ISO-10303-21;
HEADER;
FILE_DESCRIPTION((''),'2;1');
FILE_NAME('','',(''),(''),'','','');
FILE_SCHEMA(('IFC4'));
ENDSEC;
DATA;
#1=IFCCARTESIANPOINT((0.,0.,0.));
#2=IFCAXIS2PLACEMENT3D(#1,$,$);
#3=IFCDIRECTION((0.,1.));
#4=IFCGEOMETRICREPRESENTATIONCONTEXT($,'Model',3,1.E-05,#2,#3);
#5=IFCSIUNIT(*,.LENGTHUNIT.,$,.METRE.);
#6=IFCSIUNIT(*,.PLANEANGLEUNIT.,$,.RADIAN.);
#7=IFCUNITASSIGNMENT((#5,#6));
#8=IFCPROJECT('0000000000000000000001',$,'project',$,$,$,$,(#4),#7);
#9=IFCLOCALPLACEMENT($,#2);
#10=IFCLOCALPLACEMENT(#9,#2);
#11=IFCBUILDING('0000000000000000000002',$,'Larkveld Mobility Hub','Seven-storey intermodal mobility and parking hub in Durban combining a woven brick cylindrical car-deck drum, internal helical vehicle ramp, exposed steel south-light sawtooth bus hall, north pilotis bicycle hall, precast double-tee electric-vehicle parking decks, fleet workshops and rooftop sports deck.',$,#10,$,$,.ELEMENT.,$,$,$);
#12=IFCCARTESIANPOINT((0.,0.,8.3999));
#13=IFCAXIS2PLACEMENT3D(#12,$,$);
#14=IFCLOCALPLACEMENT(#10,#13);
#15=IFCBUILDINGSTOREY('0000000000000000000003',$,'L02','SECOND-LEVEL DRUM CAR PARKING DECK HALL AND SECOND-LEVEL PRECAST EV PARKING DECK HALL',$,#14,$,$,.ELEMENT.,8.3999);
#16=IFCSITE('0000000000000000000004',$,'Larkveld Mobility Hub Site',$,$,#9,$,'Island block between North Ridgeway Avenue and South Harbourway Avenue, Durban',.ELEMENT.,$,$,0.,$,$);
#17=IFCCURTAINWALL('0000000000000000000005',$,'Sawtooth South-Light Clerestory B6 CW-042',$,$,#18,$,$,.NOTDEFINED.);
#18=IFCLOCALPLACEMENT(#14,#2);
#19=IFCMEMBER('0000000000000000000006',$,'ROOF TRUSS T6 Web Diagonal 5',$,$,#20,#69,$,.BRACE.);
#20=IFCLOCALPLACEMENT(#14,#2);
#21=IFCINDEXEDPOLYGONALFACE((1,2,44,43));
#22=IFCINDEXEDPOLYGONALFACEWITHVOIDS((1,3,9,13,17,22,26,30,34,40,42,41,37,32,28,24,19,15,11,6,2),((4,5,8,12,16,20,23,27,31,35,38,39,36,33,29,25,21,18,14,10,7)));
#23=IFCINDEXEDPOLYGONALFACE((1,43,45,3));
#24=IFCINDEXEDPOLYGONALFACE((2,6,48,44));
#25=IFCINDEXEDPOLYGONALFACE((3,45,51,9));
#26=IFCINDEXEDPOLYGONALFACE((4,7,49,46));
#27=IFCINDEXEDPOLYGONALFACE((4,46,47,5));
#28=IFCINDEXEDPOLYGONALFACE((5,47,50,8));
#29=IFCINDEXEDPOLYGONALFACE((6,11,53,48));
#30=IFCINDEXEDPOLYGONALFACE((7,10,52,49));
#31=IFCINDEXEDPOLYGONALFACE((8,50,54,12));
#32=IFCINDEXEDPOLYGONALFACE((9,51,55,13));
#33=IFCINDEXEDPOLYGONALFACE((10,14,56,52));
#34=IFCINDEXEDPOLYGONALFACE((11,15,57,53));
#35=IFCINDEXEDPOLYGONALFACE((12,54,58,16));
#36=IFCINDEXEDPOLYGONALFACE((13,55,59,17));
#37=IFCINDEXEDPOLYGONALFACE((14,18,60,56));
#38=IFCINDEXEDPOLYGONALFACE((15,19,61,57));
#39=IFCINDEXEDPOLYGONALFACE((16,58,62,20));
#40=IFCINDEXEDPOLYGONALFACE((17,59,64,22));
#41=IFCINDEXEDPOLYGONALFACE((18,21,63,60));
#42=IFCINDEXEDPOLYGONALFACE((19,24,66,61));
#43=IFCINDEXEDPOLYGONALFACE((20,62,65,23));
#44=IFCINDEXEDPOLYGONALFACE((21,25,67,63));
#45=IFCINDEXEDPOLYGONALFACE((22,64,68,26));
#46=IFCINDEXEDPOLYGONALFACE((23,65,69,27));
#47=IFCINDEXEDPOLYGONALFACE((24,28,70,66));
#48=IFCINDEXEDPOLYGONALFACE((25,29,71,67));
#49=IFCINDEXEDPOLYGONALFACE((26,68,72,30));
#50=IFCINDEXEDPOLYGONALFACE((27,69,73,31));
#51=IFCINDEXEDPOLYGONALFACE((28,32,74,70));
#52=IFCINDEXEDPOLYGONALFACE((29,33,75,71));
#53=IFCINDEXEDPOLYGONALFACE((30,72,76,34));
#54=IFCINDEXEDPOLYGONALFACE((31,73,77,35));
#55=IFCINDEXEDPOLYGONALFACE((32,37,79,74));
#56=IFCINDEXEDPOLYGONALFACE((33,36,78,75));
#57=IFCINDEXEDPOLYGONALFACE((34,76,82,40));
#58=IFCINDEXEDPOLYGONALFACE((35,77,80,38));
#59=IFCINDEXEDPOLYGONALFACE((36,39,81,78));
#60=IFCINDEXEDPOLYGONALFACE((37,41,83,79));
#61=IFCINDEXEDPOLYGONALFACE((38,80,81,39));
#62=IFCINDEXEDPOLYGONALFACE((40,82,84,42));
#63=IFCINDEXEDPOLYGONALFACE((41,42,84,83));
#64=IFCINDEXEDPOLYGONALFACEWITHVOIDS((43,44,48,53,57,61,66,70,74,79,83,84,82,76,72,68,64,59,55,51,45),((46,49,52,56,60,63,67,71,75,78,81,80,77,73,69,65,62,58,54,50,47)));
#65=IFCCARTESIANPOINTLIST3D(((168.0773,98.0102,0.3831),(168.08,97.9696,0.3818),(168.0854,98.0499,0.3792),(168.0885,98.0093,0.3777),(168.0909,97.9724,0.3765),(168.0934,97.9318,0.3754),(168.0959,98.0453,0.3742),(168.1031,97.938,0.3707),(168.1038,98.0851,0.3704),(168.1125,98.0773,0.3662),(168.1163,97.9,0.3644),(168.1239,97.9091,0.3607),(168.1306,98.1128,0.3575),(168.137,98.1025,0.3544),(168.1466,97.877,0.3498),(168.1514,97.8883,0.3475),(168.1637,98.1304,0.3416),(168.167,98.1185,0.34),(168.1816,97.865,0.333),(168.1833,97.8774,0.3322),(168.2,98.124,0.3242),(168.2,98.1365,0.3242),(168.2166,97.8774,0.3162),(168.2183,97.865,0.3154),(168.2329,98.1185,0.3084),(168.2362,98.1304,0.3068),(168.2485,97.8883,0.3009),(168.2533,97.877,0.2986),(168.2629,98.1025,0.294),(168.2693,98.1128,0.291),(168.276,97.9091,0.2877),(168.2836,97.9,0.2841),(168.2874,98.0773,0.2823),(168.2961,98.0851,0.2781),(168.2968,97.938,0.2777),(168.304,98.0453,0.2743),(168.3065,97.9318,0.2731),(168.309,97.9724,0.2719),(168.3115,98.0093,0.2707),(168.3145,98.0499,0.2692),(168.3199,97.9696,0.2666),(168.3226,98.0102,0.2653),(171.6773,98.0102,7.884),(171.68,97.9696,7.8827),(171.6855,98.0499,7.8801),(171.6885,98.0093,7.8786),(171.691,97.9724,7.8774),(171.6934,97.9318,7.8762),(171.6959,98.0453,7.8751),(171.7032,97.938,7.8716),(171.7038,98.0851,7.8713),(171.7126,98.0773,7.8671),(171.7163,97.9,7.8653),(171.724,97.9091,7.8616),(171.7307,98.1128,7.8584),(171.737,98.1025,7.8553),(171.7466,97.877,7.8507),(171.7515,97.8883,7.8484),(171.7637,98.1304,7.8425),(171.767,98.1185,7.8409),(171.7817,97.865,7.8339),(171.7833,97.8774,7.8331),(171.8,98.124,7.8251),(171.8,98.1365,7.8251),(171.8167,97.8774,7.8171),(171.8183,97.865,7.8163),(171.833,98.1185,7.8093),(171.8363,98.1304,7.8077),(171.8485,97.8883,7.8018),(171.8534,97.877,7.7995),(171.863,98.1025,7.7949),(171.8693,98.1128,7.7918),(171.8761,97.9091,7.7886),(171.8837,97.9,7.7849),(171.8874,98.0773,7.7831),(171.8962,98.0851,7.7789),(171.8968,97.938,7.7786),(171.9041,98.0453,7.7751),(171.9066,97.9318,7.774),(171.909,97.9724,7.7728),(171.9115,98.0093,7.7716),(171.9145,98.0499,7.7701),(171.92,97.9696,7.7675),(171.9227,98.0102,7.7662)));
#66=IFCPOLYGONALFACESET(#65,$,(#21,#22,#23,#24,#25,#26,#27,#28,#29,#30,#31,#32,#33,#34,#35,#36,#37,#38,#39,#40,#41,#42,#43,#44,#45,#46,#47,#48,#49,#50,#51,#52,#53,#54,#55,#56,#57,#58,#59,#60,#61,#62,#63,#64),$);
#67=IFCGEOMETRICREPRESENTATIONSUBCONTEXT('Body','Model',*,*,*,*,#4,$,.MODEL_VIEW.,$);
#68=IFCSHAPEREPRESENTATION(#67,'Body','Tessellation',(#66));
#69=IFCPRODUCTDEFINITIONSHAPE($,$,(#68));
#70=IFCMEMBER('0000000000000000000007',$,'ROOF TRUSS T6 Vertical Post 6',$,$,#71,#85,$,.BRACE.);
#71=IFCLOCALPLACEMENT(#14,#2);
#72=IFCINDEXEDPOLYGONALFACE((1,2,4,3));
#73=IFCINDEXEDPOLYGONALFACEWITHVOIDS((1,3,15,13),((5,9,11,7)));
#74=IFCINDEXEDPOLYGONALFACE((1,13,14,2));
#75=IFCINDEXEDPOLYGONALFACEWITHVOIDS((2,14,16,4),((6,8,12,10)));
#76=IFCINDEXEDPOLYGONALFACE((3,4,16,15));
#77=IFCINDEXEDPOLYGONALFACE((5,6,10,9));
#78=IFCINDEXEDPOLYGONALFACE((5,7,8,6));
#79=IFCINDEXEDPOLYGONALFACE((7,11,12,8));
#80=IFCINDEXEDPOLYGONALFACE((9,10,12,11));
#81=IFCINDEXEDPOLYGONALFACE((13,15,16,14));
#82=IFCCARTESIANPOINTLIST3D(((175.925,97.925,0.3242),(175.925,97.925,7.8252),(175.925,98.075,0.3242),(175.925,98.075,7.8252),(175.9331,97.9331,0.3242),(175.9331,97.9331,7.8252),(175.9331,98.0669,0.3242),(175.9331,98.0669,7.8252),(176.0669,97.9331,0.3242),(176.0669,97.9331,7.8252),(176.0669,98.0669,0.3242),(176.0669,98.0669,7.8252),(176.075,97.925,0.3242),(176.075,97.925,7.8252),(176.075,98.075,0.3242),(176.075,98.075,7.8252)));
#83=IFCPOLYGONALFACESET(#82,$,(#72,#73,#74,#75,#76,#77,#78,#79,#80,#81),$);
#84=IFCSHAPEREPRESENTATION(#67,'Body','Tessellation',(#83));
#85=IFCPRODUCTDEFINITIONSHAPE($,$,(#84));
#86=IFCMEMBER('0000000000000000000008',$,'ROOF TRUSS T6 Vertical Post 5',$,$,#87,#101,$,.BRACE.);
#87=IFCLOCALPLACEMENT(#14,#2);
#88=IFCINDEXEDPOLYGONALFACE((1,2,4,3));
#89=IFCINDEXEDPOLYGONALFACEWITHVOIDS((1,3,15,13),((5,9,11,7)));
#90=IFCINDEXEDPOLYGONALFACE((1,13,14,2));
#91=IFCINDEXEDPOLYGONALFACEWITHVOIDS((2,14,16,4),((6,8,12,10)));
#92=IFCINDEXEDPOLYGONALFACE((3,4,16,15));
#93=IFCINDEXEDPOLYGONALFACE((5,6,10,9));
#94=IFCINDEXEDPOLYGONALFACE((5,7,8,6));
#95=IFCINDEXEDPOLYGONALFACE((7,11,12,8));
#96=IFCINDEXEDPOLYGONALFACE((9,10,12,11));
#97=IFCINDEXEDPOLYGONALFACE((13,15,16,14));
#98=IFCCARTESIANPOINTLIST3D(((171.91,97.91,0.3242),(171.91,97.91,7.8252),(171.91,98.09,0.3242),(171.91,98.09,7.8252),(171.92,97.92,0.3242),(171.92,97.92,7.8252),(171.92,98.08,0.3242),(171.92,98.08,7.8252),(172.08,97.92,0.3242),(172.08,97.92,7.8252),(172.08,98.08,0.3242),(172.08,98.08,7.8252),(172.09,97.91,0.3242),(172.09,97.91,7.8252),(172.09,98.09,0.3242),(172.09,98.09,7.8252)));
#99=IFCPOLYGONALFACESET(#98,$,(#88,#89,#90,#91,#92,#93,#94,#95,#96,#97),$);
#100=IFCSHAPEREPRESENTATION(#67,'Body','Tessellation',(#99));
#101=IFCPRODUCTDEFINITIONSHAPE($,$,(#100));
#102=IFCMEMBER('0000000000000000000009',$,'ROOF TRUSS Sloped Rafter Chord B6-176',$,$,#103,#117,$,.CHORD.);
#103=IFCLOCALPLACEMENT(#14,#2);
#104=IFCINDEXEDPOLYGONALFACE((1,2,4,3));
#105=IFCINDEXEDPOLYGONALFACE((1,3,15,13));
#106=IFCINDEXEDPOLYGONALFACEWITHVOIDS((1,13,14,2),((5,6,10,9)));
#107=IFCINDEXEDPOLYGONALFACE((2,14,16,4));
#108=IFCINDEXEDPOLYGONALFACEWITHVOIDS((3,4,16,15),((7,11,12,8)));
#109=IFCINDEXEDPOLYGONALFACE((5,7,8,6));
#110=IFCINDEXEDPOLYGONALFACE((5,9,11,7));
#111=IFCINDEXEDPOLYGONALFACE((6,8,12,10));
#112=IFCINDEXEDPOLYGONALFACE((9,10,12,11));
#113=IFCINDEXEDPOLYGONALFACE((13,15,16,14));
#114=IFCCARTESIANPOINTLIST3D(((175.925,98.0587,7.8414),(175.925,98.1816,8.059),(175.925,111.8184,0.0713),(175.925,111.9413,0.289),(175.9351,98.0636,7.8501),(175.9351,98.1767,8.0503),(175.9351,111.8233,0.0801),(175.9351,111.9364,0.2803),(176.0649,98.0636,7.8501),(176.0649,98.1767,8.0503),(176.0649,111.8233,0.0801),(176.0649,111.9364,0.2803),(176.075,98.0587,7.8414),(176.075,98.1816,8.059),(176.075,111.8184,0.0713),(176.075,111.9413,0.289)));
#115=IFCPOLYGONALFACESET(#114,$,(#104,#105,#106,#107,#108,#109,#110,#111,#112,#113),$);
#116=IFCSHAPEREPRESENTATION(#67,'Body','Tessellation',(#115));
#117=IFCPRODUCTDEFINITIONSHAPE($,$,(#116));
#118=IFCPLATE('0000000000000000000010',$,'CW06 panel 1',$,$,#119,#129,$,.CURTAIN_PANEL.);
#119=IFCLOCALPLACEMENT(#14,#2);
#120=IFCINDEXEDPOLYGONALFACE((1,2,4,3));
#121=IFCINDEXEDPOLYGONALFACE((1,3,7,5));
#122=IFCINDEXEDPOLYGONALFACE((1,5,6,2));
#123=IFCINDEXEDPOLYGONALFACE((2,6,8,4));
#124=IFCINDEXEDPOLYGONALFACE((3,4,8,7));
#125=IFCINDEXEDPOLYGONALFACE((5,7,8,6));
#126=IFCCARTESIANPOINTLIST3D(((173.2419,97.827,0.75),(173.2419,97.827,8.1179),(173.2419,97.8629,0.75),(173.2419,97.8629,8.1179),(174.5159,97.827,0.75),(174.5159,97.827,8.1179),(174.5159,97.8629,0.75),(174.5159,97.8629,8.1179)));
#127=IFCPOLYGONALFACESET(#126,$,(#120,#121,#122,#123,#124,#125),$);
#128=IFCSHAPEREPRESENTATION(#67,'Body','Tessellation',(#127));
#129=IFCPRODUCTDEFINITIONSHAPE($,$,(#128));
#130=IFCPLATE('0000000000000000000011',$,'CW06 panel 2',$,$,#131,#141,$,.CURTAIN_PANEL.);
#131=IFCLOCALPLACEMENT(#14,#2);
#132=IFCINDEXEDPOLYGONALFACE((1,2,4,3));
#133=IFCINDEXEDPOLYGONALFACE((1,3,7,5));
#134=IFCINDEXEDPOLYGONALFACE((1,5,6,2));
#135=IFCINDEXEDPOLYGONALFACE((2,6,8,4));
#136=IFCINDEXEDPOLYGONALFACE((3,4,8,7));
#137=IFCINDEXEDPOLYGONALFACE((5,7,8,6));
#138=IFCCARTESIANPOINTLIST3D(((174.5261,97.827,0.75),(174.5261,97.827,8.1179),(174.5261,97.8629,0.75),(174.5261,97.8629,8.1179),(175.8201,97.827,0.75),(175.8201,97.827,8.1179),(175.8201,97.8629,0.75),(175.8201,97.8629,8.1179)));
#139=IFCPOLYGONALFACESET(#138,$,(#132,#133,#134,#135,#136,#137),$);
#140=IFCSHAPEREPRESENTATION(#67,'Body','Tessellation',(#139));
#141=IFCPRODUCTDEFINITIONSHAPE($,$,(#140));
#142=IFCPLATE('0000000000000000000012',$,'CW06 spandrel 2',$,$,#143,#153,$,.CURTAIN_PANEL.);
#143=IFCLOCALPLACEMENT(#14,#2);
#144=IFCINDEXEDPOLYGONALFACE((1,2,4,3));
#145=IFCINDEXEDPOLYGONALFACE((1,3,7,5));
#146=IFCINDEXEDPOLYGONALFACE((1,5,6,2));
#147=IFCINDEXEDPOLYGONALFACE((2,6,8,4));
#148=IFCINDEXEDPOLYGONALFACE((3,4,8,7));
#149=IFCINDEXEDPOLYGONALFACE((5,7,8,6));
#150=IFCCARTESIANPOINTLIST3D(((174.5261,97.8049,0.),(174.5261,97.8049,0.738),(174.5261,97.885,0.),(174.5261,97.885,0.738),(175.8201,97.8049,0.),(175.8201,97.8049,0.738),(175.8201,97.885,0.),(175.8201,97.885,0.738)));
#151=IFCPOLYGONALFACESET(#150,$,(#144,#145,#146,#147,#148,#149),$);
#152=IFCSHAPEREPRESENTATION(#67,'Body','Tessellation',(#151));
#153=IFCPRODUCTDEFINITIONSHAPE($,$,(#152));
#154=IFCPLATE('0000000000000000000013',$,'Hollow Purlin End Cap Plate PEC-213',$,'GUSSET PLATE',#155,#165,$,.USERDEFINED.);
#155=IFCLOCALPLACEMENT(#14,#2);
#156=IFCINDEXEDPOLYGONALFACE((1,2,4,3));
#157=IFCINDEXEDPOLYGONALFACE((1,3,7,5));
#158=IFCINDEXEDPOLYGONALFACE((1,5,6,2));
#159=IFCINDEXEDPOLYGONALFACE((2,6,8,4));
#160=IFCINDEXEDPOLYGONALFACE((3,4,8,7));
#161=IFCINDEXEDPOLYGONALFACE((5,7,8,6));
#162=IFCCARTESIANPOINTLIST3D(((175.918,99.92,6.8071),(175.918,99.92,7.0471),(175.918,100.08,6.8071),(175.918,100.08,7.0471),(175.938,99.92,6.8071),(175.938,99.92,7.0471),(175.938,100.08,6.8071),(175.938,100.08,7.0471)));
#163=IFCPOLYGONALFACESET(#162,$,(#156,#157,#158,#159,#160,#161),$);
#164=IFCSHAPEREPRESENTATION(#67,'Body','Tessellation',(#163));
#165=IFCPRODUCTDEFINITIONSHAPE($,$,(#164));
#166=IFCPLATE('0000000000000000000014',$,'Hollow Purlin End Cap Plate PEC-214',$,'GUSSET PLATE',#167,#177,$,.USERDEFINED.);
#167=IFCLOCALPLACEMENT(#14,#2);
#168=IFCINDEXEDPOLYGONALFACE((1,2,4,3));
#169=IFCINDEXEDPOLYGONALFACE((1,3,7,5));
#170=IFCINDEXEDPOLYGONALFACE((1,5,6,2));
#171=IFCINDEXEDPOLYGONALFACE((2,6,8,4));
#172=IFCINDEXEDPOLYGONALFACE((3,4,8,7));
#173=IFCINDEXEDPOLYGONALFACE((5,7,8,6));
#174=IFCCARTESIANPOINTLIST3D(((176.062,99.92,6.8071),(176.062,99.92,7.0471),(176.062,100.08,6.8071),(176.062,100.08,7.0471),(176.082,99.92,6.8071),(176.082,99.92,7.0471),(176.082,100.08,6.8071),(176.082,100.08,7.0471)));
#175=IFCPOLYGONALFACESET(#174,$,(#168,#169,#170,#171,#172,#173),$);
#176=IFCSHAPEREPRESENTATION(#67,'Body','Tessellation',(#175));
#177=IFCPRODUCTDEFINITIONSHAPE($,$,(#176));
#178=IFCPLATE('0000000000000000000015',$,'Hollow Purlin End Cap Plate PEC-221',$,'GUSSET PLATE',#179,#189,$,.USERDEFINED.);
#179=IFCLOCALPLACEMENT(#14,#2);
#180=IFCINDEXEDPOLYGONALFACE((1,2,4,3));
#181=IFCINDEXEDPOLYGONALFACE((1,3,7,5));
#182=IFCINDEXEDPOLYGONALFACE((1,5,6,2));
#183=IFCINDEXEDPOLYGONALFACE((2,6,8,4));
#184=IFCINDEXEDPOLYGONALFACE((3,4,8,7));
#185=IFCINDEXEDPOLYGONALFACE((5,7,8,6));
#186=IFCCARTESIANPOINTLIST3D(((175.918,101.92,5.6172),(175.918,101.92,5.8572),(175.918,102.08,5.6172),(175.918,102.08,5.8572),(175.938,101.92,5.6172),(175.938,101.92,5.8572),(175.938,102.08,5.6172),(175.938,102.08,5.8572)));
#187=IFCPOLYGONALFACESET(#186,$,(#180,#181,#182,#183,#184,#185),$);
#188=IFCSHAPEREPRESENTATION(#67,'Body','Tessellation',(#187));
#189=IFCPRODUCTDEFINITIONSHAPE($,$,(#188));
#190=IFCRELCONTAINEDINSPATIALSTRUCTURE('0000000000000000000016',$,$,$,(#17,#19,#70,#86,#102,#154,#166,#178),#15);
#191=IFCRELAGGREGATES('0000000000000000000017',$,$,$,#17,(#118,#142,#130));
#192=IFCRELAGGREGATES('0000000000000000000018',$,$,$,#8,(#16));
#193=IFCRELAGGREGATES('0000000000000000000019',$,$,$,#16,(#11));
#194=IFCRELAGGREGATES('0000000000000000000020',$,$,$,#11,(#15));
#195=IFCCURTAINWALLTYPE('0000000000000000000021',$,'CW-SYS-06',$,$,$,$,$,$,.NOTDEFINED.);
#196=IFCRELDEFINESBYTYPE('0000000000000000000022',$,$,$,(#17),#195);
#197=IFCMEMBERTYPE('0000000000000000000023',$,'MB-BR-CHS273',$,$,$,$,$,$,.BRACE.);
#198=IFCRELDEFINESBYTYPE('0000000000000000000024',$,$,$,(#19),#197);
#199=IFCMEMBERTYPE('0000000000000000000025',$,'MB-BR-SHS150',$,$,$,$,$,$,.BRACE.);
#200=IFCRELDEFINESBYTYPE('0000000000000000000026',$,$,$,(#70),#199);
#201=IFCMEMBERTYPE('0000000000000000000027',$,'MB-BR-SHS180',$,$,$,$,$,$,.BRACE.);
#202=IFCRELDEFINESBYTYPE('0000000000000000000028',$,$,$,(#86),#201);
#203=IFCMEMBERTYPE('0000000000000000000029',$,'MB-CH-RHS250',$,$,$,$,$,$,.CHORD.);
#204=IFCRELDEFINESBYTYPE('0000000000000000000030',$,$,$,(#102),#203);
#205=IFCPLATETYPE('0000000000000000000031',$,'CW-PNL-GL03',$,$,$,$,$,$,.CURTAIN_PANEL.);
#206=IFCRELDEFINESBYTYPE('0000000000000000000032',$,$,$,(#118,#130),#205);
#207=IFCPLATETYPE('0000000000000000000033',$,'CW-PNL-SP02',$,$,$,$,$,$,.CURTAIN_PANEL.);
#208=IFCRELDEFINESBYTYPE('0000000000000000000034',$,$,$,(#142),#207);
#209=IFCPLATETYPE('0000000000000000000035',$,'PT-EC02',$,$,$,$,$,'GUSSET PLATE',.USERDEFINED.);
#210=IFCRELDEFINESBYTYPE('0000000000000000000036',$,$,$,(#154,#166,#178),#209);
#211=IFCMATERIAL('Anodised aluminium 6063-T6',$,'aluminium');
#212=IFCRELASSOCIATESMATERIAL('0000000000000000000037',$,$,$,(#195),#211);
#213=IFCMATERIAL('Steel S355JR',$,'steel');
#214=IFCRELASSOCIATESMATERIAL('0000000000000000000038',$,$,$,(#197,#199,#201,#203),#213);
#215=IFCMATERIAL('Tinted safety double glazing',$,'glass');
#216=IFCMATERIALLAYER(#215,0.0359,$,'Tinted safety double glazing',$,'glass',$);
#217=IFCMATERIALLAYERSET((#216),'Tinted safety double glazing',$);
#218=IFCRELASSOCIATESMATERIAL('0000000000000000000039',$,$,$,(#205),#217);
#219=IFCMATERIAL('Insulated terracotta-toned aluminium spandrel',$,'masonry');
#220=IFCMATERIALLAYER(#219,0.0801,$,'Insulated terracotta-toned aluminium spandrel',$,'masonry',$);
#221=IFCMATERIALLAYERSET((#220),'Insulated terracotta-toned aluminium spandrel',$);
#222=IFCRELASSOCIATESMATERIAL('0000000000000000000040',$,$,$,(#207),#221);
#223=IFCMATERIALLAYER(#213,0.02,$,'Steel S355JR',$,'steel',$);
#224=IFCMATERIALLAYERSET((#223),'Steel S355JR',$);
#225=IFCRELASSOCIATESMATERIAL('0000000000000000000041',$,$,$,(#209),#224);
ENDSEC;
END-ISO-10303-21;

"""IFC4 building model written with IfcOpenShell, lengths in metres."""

from ifc_helpers import new_model, si_unit, direction, frame, origin, origin_2d, place, context, subcontext, project, spatial, rectangle, hollow_rectangle, hollow_circle, extrude, material, layer, layer_set, material_profile, profile_set, type_object, element, aggregate, save


model = new_model("IFC4")

# Units and contexts
model_context = context("Model", 3, precision=1e-05, world=origin(), true_north=direction((0.0, 1.0)))
body_context = subcontext(model_context, "Body", "Model", "MODEL_VIEW")
ifc_project = project(units=[si_unit("LENGTHUNIT", "METRE"), si_unit("PLANEANGLEUNIT", "RADIAN")], contexts=[model_context])

# Site, building, storey
site_placement = place(None, origin())
site = spatial("IfcSite", under=ifc_project, at=site_placement, Name="Larkveld Mobility Hub Site", LongName="Island block between North Ridgeway Avenue and South Harbourway Avenue, Durban", CompositionType="ELEMENT", RefElevation=0.0)
building_placement = place(site_placement, origin())
building = spatial("IfcBuilding", under=site, at=building_placement, Name="Larkveld Mobility Hub", Description="Seven-storey intermodal mobility and parking hub in Durban combining a woven brick cylindrical car-deck drum, internal helical vehicle ramp, exposed steel south-light sawtooth bus hall, north pilotis bicycle hall, precast double-tee electric-vehicle parking decks, fleet workshops and rooftop sports deck.", CompositionType="ELEMENT")
storey_placement = place(building_placement, frame((0.0, 0.0, 8.3999)))
storey = spatial("IfcBuildingStorey", under=building, at=storey_placement, Name="L02", Description="SECOND-LEVEL DRUM CAR PARKING DECK HALL AND SECOND-LEVEL PRECAST EV PARKING DECK HALL", CompositionType="ELEMENT", Elevation=8.3999)

# Curtain wall
ifc_material_1 = material(Name="Anodised aluminium 6063-T6", Category="aluminium")
curtain_wall_type = type_object("IfcCurtainWallType", Name="CW-SYS-06", PredefinedType="NOTDEFINED", material=ifc_material_1)
curtain_wall_placement = place(storey_placement, origin())
curtain_wall = element("IfcCurtainWall", 1, at=curtain_wall_placement, inside=storey, type_object=curtain_wall_type, Name="Sawtooth South-Light Clerestory B6 CW-042", PredefinedType="NOTDEFINED")

# Members
ifc_material_2 = material(Name="Steel S355JR", Category="steel")
ifc_material_profile_1 = material_profile(ifc_material_2, hollow_circle(Radius=0.1365, WallThickness=0.0125, at=origin_2d()), Name="CHS 273x12.5")
ifc_profile_set_1 = profile_set([ifc_material_profile_1], Name="Steel S355JR")
member_type_1 = type_object("IfcMemberType", Name="MB-BR-CHS273", PredefinedType="BRACE", material=ifc_profile_set_1)
member_1_placement = place(storey_placement, frame((168.2, 98.0, 0.3242), z_axis=(0.432695, 0.0, 0.90154), x_axis=(0.0, 1.0, 0.0)))
element("IfcMember", 2, at=member_1_placement, inside=storey, type_object=member_type_1, Name="ROOF TRUSS T6 Web Diagonal 5", PredefinedType="BRACE", context=body_context, shape_type="SweptSolid", body=[
    extrude(hollow_circle(Radius=0.1365, WallThickness=0.0125, at=origin_2d()), origin(), (0.0, 0.0, 1.0), 8.3201),
])
ifc_material_profile_2 = material_profile(ifc_material_2, hollow_rectangle(XDim=0.1499, YDim=0.1499, WallThickness=0.0081, at=origin_2d()), Name="SHS 150x150x8")
ifc_profile_set_2 = profile_set([ifc_material_profile_2], Name="Steel S355JR")
member_type_2 = type_object("IfcMemberType", Name="MB-BR-SHS150", PredefinedType="BRACE", material=ifc_profile_set_2)
member_2_placement = place(storey_placement, frame((176.0, 98.0, 0.3242), z_axis=(0.0, 0.0, 1.0), x_axis=(1.0, 0.0, 0.0)))
element("IfcMember", 3, at=member_2_placement, inside=storey, type_object=member_type_2, Name="ROOF TRUSS T6 Vertical Post 6", PredefinedType="BRACE", context=body_context, shape_type="SweptSolid", body=[
    extrude(hollow_rectangle(XDim=0.1499, YDim=0.1499, WallThickness=0.0081, at=origin_2d()), origin(), (0.0, 0.0, 1.0), 7.501),
])
ifc_material_profile_3 = material_profile(ifc_material_2, hollow_rectangle(XDim=0.1799, YDim=0.1799, WallThickness=0.01, at=origin_2d()), Name="SHS 180x180x10")
ifc_profile_set_3 = profile_set([ifc_material_profile_3], Name="Steel S355JR")
member_type_3 = type_object("IfcMemberType", Name="MB-BR-SHS180", PredefinedType="BRACE", material=ifc_profile_set_3)
member_3_placement = place(storey_placement, frame((172.0, 98.0, 0.3242), z_axis=(0.0, 0.0, 1.0), x_axis=(1.0, 0.0, 0.0)))
element("IfcMember", 4, at=member_3_placement, inside=storey, type_object=member_type_3, Name="ROOF TRUSS T6 Vertical Post 5", PredefinedType="BRACE", context=body_context, shape_type="SweptSolid", body=[
    extrude(hollow_rectangle(XDim=0.1799, YDim=0.1799, WallThickness=0.01, at=origin_2d()), origin(), (0.0, 0.0, 1.0), 7.501),
])
ifc_material_profile_4 = material_profile(ifc_material_2, hollow_rectangle(XDim=0.1499, YDim=0.25, WallThickness=0.01, at=origin_2d()), Name="RHS 250x150x10")
ifc_profile_set_4 = profile_set([ifc_material_profile_4], Name="Steel S355JR")
member_type_4 = type_object("IfcMemberType", Name="MB-CH-RHS250", PredefinedType="CHORD", material=ifc_profile_set_4)
member_4_placement = place(storey_placement, frame((176.0, 98.1201, 7.9502), z_axis=(0.0, 0.870759, -0.49171), x_axis=(-1.0, 0.0, 0.0)))
element("IfcMember", 5, at=member_4_placement, inside=storey, type_object=member_type_4, Name="ROOF TRUSS Sloped Rafter Chord B6-176", PredefinedType="CHORD", context=body_context, shape_type="SweptSolid", body=[
    extrude(hollow_rectangle(XDim=0.1499, YDim=0.25, WallThickness=0.01, at=origin_2d()), origin(), (0.0, 0.0, 1.0), 15.802),
])

# Plates
ifc_material_3 = material(Name="Tinted safety double glazing", Category="glass")
ifc_layer_1 = layer(ifc_material_3, 0.0359, Name="Tinted safety double glazing", Category="glass")
ifc_layer_set_1 = layer_set([ifc_layer_1], Name="Tinted safety double glazing")
plate_type_1 = type_object("IfcPlateType", Name="CW-PNL-GL03", PredefinedType="CURTAIN_PANEL", material=ifc_layer_set_1)
plate_1_placement = place(storey_placement, frame((173.8789, 97.845, 0.75), z_axis=(0.0, 0.0, 1.0), x_axis=(1.0, 0.0, 0.0)))
plate_1 = element("IfcPlate", 6, at=plate_1_placement, type_object=plate_type_1, Name="CW06 panel 1", PredefinedType="CURTAIN_PANEL", context=body_context, shape_type="SweptSolid", body=[
    extrude(rectangle(XDim=1.2739, YDim=0.0359, at=origin_2d()), origin(), (0.0, 0.0, 1.0), 7.3679),
])
plate_2_placement = place(storey_placement, frame((175.1731, 97.845, 0.75), z_axis=(0.0, 0.0, 1.0), x_axis=(1.0, 0.0, 0.0)))
plate_2 = element("IfcPlate", 7, at=plate_2_placement, type_object=plate_type_1, Name="CW06 panel 2", PredefinedType="CURTAIN_PANEL", context=body_context, shape_type="SweptSolid", body=[
    extrude(rectangle(XDim=1.2939, YDim=0.0359, at=origin_2d()), origin(), (0.0, 0.0, 1.0), 7.3679),
])
ifc_material_4 = material(Name="Insulated terracotta-toned aluminium spandrel", Category="masonry")
ifc_layer_2 = layer(ifc_material_4, 0.0801, Name="Insulated terracotta-toned aluminium spandrel", Category="masonry")
ifc_layer_set_2 = layer_set([ifc_layer_2], Name="Insulated terracotta-toned aluminium spandrel")
plate_type_2 = type_object("IfcPlateType", Name="CW-PNL-SP02", PredefinedType="CURTAIN_PANEL", material=ifc_layer_set_2)
plate_3_placement = place(storey_placement, frame((175.1731, 97.845, 0.0), z_axis=(0.0, 0.0, 1.0), x_axis=(1.0, 0.0, 0.0)))
plate_3 = element("IfcPlate", 8, at=plate_3_placement, type_object=plate_type_2, Name="CW06 spandrel 2", PredefinedType="CURTAIN_PANEL", context=body_context, shape_type="SweptSolid", body=[
    extrude(rectangle(XDim=1.2939, YDim=0.0801, at=origin_2d()), origin(), (0.0, 0.0, 1.0), 0.738),
])
aggregate(curtain_wall, [plate_1, plate_3, plate_2])

# Plates
ifc_layer_3 = layer(ifc_material_2, 0.02, Name="Steel S355JR", Category="steel")
ifc_layer_set_3 = layer_set([ifc_layer_3], Name="Steel S355JR")
plate_type_3 = type_object("IfcPlateType", Name="PT-EC02", ElementType="GUSSET PLATE", PredefinedType="USERDEFINED", material=ifc_layer_set_3)
for number, where, z_axis, x_axis, name in (
    (9, (175.928, 100.0, 6.8071), (0.0, 0.0, 1.0), (1.0, 0.0, 0.0), "Hollow Purlin End Cap Plate PEC-213"),
    (10, (176.072, 100.0, 6.8071), (0.0, 0.0, 1.0), (1.0, 0.0, 0.0), "Hollow Purlin End Cap Plate PEC-214"),
    (11, (175.928, 102.0, 5.6172), (0.0, 0.0, 1.0), (1.0, 0.0, 0.0), "Hollow Purlin End Cap Plate PEC-221"),
):
    element("IfcPlate", number, at=place(storey_placement, frame(where, z_axis=z_axis, x_axis=x_axis)), inside=storey, type_object=plate_type_3, Name=name, ObjectType="GUSSET PLATE", PredefinedType="USERDEFINED", context=body_context, shape_type="SweptSolid", body=[
        extrude(rectangle(XDim=0.02, YDim=0.1599, at=origin_2d()), origin(), (0.0, 0.0, 1.0), 0.24),
    ])

save(model, "model.ifc")
